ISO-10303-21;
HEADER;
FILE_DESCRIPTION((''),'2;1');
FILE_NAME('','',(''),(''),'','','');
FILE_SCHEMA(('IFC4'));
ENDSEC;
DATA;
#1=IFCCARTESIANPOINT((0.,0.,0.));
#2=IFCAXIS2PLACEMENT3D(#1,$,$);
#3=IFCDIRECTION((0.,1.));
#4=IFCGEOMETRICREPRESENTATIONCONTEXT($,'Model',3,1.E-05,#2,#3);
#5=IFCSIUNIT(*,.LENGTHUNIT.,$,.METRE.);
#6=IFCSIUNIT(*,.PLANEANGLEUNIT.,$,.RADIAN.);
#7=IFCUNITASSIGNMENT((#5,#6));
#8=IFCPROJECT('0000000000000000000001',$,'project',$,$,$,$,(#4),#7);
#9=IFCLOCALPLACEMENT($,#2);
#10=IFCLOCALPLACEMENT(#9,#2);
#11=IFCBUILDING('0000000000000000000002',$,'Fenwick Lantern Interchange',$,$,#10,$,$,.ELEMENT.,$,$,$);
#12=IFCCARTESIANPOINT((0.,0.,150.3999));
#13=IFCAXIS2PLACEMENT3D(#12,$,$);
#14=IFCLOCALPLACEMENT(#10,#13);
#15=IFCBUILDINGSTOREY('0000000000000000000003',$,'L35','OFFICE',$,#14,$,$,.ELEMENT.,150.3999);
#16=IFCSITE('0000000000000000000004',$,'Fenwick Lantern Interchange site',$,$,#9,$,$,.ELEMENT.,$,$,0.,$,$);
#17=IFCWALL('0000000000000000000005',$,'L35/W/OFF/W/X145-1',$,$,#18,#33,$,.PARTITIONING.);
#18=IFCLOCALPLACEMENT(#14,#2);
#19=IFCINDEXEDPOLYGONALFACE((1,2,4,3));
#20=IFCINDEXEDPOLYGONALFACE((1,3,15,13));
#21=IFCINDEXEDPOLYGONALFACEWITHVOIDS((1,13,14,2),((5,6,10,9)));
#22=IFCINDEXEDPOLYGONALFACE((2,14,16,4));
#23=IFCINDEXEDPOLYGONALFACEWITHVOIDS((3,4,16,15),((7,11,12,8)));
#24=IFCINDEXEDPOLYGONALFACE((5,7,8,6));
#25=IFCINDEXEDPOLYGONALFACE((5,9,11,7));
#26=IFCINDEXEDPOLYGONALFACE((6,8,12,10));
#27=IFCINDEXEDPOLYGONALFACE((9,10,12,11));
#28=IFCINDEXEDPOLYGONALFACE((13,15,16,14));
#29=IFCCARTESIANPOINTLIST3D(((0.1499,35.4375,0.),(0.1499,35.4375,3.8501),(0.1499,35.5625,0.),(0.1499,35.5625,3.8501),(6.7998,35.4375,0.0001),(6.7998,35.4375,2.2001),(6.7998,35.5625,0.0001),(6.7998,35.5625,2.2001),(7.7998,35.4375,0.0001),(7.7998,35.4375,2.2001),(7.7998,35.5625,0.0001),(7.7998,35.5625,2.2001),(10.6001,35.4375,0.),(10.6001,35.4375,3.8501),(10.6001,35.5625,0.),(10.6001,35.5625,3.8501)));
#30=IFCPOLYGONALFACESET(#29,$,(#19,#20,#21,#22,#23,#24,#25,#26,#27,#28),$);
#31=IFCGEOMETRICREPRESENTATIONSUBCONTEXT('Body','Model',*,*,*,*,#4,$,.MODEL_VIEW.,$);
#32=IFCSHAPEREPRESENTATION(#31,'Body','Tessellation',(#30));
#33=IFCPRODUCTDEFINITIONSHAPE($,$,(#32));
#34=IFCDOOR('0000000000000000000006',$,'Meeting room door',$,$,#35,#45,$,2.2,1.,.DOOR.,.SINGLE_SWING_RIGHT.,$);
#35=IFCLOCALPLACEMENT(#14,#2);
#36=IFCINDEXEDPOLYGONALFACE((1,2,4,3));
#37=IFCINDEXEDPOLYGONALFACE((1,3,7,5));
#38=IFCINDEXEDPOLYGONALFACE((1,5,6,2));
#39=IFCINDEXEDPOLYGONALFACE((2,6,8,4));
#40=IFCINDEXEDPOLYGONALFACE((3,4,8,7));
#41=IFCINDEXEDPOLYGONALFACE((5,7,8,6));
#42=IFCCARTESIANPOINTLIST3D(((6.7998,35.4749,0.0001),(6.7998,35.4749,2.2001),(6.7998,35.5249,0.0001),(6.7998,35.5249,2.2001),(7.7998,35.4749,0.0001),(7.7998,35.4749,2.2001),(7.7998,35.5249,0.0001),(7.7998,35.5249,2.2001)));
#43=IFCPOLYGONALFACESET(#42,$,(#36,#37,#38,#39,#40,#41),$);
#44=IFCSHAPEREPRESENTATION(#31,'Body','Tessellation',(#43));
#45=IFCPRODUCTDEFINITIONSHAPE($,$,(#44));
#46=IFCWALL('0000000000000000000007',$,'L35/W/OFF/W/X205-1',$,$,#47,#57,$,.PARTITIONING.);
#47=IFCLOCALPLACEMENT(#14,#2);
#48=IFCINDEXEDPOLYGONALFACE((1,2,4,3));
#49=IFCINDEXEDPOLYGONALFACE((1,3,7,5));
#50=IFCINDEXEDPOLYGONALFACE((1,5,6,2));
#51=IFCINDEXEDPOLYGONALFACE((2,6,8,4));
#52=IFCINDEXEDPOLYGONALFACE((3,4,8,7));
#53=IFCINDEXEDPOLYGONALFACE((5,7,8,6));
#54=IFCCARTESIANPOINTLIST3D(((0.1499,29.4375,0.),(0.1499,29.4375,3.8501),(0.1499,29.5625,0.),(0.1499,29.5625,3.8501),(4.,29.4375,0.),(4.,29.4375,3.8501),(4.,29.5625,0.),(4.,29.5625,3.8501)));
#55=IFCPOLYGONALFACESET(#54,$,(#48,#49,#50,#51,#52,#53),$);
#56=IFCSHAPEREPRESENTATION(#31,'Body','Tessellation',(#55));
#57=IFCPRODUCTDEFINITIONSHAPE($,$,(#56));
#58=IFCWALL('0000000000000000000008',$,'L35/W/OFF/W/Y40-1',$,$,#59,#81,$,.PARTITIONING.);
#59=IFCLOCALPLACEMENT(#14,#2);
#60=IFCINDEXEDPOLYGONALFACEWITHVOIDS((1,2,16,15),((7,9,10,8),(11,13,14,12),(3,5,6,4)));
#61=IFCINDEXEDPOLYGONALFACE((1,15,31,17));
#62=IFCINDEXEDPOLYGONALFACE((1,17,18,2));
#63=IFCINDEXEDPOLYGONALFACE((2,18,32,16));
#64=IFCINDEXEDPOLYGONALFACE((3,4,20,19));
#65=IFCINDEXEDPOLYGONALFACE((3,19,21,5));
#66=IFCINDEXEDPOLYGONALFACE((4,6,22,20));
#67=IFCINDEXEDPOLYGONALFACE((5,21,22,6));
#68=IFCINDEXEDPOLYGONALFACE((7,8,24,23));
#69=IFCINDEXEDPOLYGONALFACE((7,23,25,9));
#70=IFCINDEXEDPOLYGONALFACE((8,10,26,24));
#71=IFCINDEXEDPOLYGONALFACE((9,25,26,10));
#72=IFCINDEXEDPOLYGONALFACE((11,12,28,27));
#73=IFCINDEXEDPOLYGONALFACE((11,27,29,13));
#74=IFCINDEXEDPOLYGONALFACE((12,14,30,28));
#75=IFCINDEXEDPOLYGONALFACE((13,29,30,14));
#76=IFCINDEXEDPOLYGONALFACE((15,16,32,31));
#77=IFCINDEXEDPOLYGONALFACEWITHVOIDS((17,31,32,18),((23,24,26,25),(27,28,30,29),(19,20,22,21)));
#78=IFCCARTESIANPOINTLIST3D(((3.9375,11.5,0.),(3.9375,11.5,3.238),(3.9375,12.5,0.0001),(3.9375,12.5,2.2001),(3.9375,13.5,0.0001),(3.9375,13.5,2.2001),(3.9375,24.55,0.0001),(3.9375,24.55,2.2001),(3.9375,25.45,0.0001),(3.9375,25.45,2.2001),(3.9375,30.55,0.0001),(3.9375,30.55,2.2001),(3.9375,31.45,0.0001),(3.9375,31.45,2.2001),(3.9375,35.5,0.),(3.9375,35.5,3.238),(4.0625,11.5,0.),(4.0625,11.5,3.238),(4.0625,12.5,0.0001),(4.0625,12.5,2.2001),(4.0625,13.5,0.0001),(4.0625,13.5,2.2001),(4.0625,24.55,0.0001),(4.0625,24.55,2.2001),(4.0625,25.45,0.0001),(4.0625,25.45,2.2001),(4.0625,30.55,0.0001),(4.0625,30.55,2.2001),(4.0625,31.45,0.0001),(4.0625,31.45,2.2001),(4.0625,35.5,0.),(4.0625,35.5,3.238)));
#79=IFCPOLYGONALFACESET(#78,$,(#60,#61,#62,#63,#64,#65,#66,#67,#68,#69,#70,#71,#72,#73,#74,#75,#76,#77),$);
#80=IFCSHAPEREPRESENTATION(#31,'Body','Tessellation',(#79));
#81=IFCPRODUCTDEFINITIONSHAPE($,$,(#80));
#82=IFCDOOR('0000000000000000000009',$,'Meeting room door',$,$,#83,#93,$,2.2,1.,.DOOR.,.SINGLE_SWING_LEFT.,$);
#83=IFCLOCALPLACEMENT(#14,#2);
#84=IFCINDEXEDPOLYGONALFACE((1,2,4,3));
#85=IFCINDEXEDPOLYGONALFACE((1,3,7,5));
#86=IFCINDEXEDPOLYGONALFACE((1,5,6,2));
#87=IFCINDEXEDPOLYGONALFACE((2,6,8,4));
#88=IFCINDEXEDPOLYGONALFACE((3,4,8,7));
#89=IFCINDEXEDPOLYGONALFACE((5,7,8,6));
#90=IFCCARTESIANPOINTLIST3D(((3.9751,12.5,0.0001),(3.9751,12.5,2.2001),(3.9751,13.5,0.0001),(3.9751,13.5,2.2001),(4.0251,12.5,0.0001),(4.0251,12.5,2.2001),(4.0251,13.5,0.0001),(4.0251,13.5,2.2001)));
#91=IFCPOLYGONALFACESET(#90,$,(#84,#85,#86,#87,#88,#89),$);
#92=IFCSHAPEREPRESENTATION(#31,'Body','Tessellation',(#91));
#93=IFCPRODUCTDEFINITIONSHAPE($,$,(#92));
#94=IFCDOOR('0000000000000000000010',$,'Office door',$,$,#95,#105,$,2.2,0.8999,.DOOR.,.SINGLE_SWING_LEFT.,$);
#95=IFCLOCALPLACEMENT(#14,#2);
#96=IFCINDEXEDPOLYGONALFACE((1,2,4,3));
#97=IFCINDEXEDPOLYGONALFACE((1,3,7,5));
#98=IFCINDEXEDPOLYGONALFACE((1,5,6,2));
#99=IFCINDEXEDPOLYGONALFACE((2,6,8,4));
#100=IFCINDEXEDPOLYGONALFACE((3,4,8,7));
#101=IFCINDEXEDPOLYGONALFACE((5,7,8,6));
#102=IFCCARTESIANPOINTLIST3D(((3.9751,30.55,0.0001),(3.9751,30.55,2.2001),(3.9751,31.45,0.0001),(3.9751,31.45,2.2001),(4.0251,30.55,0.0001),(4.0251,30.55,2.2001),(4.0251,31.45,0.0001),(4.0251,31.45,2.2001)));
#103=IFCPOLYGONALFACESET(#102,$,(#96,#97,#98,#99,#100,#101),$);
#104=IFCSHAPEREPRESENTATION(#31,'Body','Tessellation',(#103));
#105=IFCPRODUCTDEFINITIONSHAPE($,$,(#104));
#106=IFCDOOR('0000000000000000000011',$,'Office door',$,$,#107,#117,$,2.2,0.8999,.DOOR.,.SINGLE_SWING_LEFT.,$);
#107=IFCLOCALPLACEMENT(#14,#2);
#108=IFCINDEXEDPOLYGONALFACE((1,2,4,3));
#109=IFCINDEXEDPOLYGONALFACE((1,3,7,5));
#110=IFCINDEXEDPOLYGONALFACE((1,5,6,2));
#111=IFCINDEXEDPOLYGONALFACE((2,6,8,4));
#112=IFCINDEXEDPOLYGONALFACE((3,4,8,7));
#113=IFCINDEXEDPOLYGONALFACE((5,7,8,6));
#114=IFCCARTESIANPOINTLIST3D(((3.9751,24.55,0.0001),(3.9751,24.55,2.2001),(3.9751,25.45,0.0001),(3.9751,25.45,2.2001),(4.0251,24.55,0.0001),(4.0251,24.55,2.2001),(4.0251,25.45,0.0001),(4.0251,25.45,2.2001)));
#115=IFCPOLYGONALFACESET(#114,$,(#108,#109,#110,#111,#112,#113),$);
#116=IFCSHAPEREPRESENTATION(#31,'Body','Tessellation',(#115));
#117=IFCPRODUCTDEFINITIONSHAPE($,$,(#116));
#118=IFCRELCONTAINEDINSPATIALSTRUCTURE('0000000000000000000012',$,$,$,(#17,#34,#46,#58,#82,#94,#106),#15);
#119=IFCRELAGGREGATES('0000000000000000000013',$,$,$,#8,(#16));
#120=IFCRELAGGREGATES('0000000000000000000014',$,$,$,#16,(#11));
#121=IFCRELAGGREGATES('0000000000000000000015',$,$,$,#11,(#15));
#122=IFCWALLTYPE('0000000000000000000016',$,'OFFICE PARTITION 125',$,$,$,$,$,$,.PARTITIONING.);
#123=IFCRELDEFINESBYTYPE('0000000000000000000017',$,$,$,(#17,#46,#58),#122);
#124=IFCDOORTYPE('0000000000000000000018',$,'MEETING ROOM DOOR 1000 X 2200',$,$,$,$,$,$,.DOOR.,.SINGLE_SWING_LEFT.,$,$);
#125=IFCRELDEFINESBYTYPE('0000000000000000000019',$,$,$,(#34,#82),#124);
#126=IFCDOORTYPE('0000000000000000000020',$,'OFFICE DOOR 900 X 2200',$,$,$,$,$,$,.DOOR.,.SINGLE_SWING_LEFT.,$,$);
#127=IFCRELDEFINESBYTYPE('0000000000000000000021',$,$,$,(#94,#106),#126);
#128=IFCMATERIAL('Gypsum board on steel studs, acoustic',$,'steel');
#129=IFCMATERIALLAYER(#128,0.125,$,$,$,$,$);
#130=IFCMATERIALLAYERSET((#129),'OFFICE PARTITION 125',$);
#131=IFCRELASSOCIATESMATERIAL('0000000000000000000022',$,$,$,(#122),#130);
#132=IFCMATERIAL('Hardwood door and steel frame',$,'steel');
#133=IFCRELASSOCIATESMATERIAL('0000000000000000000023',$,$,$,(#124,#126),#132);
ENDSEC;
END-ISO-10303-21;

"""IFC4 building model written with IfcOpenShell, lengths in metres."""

from ifc_helpers import new_model, si_unit, direction, frame, frame_2d, origin, place, context, subcontext, project, spatial, rectangle, extrude, material, layer, layer_set, type_object, element, fill, save


model = new_model("IFC4")

# Units and contexts
model_context = context("Model", 3, precision=1e-05, world=origin(), true_north=direction((0.0, 1.0)))
body_context = subcontext(model_context, "Body", "Model", "MODEL_VIEW")
ifc_project = project(units=[si_unit("LENGTHUNIT", "METRE"), si_unit("PLANEANGLEUNIT", "RADIAN")], contexts=[model_context])

# Site, building, storey
site_placement = place(None, origin())
site = spatial("IfcSite", under=ifc_project, at=site_placement, Name="Fenwick Lantern Interchange site", CompositionType="ELEMENT", RefElevation=0.0)
building_placement = place(site_placement, origin())
building = spatial("IfcBuilding", under=site, at=building_placement, Name="Fenwick Lantern Interchange", CompositionType="ELEMENT")
storey_placement = place(building_placement, frame((0.0, 0.0, 150.3999)))
storey = spatial("IfcBuildingStorey", under=building, at=storey_placement, Name="L35", Description="OFFICE", CompositionType="ELEMENT", Elevation=150.3999)

# Shared definitions
ifc_material_1 = material(Name="Hardwood door and steel frame", Category="steel")

# Wall, opening, door
ifc_material_2 = material(Name="Gypsum board on steel studs, acoustic", Category="steel")
ifc_layer_1 = layer(ifc_material_2, 0.125)
ifc_layer_set_1 = layer_set([ifc_layer_1], Name="OFFICE PARTITION 125")
wall_type_1 = type_object("IfcWallType", Name="OFFICE PARTITION 125", PredefinedType="PARTITIONING", material=ifc_layer_set_1)
wall_1_placement = place(storey_placement, frame((0.1499, 35.5, 0.0), z_axis=(0.0, 0.0, 1.0), x_axis=(1.0, 0.0, 0.0)))
wall_1 = element("IfcWall", 1, at=wall_1_placement, inside=storey, type_object=wall_type_1, Name="L35/W/OFF/W/X145-1", PredefinedType="PARTITIONING", context=body_context, shape_type="SweptSolid", body=[
    extrude(rectangle(XDim=10.4502, YDim=0.125, at=frame_2d((5.2251, 0.0))), origin(), (0.0, 0.0, 1.0), 3.8501),
])
opening_1_placement = place(wall_1_placement, frame((6.6499, 0.0, 0.0)))
opening_1 = element("IfcOpeningElement", 2, at=opening_1_placement, cuts=wall_1, PredefinedType="OPENING", context=body_context, shape_type="SweptSolid", body=[
    extrude(rectangle(XDim=1.0, YDim=2.2, at=frame_2d((0.5, 1.1001))), frame((0.0, 0.0725, 0.0), z_axis=(0.0, -1.0, 0.0), x_axis=(1.0, 0.0, 0.0)), (0.0, 0.0, 1.0), 0.145),
])
door_type_1 = type_object("IfcDoorType", Name="MEETING ROOM DOOR 1000 X 2200", OperationType="SINGLE_SWING_LEFT", PredefinedType="DOOR", material=ifc_material_1)
door_1_placement = place(opening_1_placement, origin())
door_1 = element("IfcDoor", 3, at=door_1_placement, inside=storey, type_object=door_type_1, Name="Meeting room door", OperationType="SINGLE_SWING_RIGHT", OverallHeight=2.2, OverallWidth=1.0, PredefinedType="DOOR", context=body_context, shape_type="SweptSolid", body=[
    extrude(rectangle(XDim=1.0, YDim=2.2, at=frame_2d((0.5, 1.1001))), frame((0.0, 0.0249, 0.0), z_axis=(0.0, -1.0, 0.0), x_axis=(1.0, 0.0, 0.0)), (0.0, 0.0, 1.0), 0.05),
])
fill(opening_1, door_1)

# Wall
wall_2_placement = place(storey_placement, frame((0.1499, 29.5, 0.0), z_axis=(0.0, 0.0, 1.0), x_axis=(1.0, 0.0, 0.0)))
element("IfcWall", 4, at=wall_2_placement, inside=storey, type_object=wall_type_1, Name="L35/W/OFF/W/X205-1", PredefinedType="PARTITIONING", context=body_context, shape_type="SweptSolid", body=[
    extrude(rectangle(XDim=3.8501, YDim=0.125, at=frame_2d((1.925, 0.0))), origin(), (0.0, 0.0, 1.0), 3.8501),
])

# Wall, openings, doors
wall_3_placement = place(storey_placement, frame((4.0, 35.5, 0.0), z_axis=(0.0, 0.0, 1.0), x_axis=(0.0, -1.0, 0.0)))
wall_3 = element("IfcWall", 5, at=wall_3_placement, inside=storey, type_object=wall_type_1, Name="L35/W/OFF/W/Y40-1", PredefinedType="PARTITIONING", context=body_context, shape_type="SweptSolid", body=[
    extrude(rectangle(XDim=24.0, YDim=0.125, at=frame_2d((12.0, 0.0))), origin(), (0.0, 0.0, 1.0), 3.238),
])
opening_2_placement = place(wall_3_placement, frame((4.05, 0.0, 0.0)))
opening_2 = element("IfcOpeningElement", 6, at=opening_2_placement, cuts=wall_3, PredefinedType="OPENING", context=body_context, shape_type="SweptSolid", body=[
    extrude(rectangle(XDim=0.8999, YDim=2.2, at=frame_2d((0.45, 1.1001))), frame((0.0, 0.0725, 0.0), z_axis=(0.0, -1.0, 0.0), x_axis=(1.0, 0.0, 0.0)), (0.0, 0.0, 1.0), 0.145),
])
opening_3_placement = place(wall_3_placement, frame((10.05, 0.0, 0.0)))
opening_3 = element("IfcOpeningElement", 7, at=opening_3_placement, cuts=wall_3, PredefinedType="OPENING", context=body_context, shape_type="SweptSolid", body=[
    extrude(rectangle(XDim=0.8999, YDim=2.2, at=frame_2d((0.45, 1.1001))), frame((0.0, 0.0725, 0.0), z_axis=(0.0, -1.0, 0.0), x_axis=(1.0, 0.0, 0.0)), (0.0, 0.0, 1.0), 0.145),
])
opening_4_placement = place(wall_3_placement, frame((22.0, 0.0, 0.0)))
opening_4 = element("IfcOpeningElement", 8, at=opening_4_placement, cuts=wall_3, PredefinedType="OPENING", context=body_context, shape_type="SweptSolid", body=[
    extrude(rectangle(XDim=1.0, YDim=2.2, at=frame_2d((0.5, 1.1001))), frame((0.0, 0.0725, 0.0), z_axis=(0.0, -1.0, 0.0), x_axis=(1.0, 0.0, 0.0)), (0.0, 0.0, 1.0), 0.145),
])
door_2_placement = place(opening_4_placement, frame((1.0, 0.0, 0.0), z_axis=(0.0, 0.0, 1.0), x_axis=(-1.0, 0.0, 0.0)))
door_2 = element("IfcDoor", 9, at=door_2_placement, inside=storey, type_object=door_type_1, Name="Meeting room door", OperationType="SINGLE_SWING_LEFT", OverallHeight=2.2, OverallWidth=1.0, PredefinedType="DOOR", context=body_context, shape_type="SweptSolid", body=[
    extrude(rectangle(XDim=1.0, YDim=2.2, at=frame_2d((0.5, 1.1001))), frame((0.0, 0.0249, 0.0), z_axis=(0.0, -1.0, 0.0), x_axis=(1.0, 0.0, 0.0)), (0.0, 0.0, 1.0), 0.05),
])
fill(opening_4, door_2)
door_type_2 = type_object("IfcDoorType", Name="OFFICE DOOR 900 X 2200", OperationType="SINGLE_SWING_LEFT", PredefinedType="DOOR", material=ifc_material_1)
door_3_placement = place(opening_2_placement, frame((0.8999, 0.0, 0.0), z_axis=(0.0, 0.0, 1.0), x_axis=(-1.0, 0.0, 0.0)))
door_3 = element("IfcDoor", 10, at=door_3_placement, inside=storey, type_object=door_type_2, Name="Office door", OperationType="SINGLE_SWING_LEFT", OverallHeight=2.2, OverallWidth=0.8999, PredefinedType="DOOR", context=body_context, shape_type="SweptSolid", body=[
    extrude(rectangle(XDim=0.8999, YDim=2.2, at=frame_2d((0.45, 1.1001))), frame((0.0, 0.0249, 0.0), z_axis=(0.0, -1.0, 0.0), x_axis=(1.0, 0.0, 0.0)), (0.0, 0.0, 1.0), 0.05),
])
fill(opening_2, door_3)
door_4_placement = place(opening_3_placement, frame((0.8999, 0.0, 0.0), z_axis=(0.0, 0.0, 1.0), x_axis=(-1.0, 0.0, 0.0)))
door_4 = element("IfcDoor", 11, at=door_4_placement, inside=storey, type_object=door_type_2, Name="Office door", OperationType="SINGLE_SWING_LEFT", OverallHeight=2.2, OverallWidth=0.8999, PredefinedType="DOOR", context=body_context, shape_type="SweptSolid", body=[
    extrude(rectangle(XDim=0.8999, YDim=2.2, at=frame_2d((0.45, 1.1001))), frame((0.0, 0.0249, 0.0), z_axis=(0.0, -1.0, 0.0), x_axis=(1.0, 0.0, 0.0)), (0.0, 0.0, 1.0), 0.05),
])
fill(opening_3, door_4)

save(model, "model.ifc")
